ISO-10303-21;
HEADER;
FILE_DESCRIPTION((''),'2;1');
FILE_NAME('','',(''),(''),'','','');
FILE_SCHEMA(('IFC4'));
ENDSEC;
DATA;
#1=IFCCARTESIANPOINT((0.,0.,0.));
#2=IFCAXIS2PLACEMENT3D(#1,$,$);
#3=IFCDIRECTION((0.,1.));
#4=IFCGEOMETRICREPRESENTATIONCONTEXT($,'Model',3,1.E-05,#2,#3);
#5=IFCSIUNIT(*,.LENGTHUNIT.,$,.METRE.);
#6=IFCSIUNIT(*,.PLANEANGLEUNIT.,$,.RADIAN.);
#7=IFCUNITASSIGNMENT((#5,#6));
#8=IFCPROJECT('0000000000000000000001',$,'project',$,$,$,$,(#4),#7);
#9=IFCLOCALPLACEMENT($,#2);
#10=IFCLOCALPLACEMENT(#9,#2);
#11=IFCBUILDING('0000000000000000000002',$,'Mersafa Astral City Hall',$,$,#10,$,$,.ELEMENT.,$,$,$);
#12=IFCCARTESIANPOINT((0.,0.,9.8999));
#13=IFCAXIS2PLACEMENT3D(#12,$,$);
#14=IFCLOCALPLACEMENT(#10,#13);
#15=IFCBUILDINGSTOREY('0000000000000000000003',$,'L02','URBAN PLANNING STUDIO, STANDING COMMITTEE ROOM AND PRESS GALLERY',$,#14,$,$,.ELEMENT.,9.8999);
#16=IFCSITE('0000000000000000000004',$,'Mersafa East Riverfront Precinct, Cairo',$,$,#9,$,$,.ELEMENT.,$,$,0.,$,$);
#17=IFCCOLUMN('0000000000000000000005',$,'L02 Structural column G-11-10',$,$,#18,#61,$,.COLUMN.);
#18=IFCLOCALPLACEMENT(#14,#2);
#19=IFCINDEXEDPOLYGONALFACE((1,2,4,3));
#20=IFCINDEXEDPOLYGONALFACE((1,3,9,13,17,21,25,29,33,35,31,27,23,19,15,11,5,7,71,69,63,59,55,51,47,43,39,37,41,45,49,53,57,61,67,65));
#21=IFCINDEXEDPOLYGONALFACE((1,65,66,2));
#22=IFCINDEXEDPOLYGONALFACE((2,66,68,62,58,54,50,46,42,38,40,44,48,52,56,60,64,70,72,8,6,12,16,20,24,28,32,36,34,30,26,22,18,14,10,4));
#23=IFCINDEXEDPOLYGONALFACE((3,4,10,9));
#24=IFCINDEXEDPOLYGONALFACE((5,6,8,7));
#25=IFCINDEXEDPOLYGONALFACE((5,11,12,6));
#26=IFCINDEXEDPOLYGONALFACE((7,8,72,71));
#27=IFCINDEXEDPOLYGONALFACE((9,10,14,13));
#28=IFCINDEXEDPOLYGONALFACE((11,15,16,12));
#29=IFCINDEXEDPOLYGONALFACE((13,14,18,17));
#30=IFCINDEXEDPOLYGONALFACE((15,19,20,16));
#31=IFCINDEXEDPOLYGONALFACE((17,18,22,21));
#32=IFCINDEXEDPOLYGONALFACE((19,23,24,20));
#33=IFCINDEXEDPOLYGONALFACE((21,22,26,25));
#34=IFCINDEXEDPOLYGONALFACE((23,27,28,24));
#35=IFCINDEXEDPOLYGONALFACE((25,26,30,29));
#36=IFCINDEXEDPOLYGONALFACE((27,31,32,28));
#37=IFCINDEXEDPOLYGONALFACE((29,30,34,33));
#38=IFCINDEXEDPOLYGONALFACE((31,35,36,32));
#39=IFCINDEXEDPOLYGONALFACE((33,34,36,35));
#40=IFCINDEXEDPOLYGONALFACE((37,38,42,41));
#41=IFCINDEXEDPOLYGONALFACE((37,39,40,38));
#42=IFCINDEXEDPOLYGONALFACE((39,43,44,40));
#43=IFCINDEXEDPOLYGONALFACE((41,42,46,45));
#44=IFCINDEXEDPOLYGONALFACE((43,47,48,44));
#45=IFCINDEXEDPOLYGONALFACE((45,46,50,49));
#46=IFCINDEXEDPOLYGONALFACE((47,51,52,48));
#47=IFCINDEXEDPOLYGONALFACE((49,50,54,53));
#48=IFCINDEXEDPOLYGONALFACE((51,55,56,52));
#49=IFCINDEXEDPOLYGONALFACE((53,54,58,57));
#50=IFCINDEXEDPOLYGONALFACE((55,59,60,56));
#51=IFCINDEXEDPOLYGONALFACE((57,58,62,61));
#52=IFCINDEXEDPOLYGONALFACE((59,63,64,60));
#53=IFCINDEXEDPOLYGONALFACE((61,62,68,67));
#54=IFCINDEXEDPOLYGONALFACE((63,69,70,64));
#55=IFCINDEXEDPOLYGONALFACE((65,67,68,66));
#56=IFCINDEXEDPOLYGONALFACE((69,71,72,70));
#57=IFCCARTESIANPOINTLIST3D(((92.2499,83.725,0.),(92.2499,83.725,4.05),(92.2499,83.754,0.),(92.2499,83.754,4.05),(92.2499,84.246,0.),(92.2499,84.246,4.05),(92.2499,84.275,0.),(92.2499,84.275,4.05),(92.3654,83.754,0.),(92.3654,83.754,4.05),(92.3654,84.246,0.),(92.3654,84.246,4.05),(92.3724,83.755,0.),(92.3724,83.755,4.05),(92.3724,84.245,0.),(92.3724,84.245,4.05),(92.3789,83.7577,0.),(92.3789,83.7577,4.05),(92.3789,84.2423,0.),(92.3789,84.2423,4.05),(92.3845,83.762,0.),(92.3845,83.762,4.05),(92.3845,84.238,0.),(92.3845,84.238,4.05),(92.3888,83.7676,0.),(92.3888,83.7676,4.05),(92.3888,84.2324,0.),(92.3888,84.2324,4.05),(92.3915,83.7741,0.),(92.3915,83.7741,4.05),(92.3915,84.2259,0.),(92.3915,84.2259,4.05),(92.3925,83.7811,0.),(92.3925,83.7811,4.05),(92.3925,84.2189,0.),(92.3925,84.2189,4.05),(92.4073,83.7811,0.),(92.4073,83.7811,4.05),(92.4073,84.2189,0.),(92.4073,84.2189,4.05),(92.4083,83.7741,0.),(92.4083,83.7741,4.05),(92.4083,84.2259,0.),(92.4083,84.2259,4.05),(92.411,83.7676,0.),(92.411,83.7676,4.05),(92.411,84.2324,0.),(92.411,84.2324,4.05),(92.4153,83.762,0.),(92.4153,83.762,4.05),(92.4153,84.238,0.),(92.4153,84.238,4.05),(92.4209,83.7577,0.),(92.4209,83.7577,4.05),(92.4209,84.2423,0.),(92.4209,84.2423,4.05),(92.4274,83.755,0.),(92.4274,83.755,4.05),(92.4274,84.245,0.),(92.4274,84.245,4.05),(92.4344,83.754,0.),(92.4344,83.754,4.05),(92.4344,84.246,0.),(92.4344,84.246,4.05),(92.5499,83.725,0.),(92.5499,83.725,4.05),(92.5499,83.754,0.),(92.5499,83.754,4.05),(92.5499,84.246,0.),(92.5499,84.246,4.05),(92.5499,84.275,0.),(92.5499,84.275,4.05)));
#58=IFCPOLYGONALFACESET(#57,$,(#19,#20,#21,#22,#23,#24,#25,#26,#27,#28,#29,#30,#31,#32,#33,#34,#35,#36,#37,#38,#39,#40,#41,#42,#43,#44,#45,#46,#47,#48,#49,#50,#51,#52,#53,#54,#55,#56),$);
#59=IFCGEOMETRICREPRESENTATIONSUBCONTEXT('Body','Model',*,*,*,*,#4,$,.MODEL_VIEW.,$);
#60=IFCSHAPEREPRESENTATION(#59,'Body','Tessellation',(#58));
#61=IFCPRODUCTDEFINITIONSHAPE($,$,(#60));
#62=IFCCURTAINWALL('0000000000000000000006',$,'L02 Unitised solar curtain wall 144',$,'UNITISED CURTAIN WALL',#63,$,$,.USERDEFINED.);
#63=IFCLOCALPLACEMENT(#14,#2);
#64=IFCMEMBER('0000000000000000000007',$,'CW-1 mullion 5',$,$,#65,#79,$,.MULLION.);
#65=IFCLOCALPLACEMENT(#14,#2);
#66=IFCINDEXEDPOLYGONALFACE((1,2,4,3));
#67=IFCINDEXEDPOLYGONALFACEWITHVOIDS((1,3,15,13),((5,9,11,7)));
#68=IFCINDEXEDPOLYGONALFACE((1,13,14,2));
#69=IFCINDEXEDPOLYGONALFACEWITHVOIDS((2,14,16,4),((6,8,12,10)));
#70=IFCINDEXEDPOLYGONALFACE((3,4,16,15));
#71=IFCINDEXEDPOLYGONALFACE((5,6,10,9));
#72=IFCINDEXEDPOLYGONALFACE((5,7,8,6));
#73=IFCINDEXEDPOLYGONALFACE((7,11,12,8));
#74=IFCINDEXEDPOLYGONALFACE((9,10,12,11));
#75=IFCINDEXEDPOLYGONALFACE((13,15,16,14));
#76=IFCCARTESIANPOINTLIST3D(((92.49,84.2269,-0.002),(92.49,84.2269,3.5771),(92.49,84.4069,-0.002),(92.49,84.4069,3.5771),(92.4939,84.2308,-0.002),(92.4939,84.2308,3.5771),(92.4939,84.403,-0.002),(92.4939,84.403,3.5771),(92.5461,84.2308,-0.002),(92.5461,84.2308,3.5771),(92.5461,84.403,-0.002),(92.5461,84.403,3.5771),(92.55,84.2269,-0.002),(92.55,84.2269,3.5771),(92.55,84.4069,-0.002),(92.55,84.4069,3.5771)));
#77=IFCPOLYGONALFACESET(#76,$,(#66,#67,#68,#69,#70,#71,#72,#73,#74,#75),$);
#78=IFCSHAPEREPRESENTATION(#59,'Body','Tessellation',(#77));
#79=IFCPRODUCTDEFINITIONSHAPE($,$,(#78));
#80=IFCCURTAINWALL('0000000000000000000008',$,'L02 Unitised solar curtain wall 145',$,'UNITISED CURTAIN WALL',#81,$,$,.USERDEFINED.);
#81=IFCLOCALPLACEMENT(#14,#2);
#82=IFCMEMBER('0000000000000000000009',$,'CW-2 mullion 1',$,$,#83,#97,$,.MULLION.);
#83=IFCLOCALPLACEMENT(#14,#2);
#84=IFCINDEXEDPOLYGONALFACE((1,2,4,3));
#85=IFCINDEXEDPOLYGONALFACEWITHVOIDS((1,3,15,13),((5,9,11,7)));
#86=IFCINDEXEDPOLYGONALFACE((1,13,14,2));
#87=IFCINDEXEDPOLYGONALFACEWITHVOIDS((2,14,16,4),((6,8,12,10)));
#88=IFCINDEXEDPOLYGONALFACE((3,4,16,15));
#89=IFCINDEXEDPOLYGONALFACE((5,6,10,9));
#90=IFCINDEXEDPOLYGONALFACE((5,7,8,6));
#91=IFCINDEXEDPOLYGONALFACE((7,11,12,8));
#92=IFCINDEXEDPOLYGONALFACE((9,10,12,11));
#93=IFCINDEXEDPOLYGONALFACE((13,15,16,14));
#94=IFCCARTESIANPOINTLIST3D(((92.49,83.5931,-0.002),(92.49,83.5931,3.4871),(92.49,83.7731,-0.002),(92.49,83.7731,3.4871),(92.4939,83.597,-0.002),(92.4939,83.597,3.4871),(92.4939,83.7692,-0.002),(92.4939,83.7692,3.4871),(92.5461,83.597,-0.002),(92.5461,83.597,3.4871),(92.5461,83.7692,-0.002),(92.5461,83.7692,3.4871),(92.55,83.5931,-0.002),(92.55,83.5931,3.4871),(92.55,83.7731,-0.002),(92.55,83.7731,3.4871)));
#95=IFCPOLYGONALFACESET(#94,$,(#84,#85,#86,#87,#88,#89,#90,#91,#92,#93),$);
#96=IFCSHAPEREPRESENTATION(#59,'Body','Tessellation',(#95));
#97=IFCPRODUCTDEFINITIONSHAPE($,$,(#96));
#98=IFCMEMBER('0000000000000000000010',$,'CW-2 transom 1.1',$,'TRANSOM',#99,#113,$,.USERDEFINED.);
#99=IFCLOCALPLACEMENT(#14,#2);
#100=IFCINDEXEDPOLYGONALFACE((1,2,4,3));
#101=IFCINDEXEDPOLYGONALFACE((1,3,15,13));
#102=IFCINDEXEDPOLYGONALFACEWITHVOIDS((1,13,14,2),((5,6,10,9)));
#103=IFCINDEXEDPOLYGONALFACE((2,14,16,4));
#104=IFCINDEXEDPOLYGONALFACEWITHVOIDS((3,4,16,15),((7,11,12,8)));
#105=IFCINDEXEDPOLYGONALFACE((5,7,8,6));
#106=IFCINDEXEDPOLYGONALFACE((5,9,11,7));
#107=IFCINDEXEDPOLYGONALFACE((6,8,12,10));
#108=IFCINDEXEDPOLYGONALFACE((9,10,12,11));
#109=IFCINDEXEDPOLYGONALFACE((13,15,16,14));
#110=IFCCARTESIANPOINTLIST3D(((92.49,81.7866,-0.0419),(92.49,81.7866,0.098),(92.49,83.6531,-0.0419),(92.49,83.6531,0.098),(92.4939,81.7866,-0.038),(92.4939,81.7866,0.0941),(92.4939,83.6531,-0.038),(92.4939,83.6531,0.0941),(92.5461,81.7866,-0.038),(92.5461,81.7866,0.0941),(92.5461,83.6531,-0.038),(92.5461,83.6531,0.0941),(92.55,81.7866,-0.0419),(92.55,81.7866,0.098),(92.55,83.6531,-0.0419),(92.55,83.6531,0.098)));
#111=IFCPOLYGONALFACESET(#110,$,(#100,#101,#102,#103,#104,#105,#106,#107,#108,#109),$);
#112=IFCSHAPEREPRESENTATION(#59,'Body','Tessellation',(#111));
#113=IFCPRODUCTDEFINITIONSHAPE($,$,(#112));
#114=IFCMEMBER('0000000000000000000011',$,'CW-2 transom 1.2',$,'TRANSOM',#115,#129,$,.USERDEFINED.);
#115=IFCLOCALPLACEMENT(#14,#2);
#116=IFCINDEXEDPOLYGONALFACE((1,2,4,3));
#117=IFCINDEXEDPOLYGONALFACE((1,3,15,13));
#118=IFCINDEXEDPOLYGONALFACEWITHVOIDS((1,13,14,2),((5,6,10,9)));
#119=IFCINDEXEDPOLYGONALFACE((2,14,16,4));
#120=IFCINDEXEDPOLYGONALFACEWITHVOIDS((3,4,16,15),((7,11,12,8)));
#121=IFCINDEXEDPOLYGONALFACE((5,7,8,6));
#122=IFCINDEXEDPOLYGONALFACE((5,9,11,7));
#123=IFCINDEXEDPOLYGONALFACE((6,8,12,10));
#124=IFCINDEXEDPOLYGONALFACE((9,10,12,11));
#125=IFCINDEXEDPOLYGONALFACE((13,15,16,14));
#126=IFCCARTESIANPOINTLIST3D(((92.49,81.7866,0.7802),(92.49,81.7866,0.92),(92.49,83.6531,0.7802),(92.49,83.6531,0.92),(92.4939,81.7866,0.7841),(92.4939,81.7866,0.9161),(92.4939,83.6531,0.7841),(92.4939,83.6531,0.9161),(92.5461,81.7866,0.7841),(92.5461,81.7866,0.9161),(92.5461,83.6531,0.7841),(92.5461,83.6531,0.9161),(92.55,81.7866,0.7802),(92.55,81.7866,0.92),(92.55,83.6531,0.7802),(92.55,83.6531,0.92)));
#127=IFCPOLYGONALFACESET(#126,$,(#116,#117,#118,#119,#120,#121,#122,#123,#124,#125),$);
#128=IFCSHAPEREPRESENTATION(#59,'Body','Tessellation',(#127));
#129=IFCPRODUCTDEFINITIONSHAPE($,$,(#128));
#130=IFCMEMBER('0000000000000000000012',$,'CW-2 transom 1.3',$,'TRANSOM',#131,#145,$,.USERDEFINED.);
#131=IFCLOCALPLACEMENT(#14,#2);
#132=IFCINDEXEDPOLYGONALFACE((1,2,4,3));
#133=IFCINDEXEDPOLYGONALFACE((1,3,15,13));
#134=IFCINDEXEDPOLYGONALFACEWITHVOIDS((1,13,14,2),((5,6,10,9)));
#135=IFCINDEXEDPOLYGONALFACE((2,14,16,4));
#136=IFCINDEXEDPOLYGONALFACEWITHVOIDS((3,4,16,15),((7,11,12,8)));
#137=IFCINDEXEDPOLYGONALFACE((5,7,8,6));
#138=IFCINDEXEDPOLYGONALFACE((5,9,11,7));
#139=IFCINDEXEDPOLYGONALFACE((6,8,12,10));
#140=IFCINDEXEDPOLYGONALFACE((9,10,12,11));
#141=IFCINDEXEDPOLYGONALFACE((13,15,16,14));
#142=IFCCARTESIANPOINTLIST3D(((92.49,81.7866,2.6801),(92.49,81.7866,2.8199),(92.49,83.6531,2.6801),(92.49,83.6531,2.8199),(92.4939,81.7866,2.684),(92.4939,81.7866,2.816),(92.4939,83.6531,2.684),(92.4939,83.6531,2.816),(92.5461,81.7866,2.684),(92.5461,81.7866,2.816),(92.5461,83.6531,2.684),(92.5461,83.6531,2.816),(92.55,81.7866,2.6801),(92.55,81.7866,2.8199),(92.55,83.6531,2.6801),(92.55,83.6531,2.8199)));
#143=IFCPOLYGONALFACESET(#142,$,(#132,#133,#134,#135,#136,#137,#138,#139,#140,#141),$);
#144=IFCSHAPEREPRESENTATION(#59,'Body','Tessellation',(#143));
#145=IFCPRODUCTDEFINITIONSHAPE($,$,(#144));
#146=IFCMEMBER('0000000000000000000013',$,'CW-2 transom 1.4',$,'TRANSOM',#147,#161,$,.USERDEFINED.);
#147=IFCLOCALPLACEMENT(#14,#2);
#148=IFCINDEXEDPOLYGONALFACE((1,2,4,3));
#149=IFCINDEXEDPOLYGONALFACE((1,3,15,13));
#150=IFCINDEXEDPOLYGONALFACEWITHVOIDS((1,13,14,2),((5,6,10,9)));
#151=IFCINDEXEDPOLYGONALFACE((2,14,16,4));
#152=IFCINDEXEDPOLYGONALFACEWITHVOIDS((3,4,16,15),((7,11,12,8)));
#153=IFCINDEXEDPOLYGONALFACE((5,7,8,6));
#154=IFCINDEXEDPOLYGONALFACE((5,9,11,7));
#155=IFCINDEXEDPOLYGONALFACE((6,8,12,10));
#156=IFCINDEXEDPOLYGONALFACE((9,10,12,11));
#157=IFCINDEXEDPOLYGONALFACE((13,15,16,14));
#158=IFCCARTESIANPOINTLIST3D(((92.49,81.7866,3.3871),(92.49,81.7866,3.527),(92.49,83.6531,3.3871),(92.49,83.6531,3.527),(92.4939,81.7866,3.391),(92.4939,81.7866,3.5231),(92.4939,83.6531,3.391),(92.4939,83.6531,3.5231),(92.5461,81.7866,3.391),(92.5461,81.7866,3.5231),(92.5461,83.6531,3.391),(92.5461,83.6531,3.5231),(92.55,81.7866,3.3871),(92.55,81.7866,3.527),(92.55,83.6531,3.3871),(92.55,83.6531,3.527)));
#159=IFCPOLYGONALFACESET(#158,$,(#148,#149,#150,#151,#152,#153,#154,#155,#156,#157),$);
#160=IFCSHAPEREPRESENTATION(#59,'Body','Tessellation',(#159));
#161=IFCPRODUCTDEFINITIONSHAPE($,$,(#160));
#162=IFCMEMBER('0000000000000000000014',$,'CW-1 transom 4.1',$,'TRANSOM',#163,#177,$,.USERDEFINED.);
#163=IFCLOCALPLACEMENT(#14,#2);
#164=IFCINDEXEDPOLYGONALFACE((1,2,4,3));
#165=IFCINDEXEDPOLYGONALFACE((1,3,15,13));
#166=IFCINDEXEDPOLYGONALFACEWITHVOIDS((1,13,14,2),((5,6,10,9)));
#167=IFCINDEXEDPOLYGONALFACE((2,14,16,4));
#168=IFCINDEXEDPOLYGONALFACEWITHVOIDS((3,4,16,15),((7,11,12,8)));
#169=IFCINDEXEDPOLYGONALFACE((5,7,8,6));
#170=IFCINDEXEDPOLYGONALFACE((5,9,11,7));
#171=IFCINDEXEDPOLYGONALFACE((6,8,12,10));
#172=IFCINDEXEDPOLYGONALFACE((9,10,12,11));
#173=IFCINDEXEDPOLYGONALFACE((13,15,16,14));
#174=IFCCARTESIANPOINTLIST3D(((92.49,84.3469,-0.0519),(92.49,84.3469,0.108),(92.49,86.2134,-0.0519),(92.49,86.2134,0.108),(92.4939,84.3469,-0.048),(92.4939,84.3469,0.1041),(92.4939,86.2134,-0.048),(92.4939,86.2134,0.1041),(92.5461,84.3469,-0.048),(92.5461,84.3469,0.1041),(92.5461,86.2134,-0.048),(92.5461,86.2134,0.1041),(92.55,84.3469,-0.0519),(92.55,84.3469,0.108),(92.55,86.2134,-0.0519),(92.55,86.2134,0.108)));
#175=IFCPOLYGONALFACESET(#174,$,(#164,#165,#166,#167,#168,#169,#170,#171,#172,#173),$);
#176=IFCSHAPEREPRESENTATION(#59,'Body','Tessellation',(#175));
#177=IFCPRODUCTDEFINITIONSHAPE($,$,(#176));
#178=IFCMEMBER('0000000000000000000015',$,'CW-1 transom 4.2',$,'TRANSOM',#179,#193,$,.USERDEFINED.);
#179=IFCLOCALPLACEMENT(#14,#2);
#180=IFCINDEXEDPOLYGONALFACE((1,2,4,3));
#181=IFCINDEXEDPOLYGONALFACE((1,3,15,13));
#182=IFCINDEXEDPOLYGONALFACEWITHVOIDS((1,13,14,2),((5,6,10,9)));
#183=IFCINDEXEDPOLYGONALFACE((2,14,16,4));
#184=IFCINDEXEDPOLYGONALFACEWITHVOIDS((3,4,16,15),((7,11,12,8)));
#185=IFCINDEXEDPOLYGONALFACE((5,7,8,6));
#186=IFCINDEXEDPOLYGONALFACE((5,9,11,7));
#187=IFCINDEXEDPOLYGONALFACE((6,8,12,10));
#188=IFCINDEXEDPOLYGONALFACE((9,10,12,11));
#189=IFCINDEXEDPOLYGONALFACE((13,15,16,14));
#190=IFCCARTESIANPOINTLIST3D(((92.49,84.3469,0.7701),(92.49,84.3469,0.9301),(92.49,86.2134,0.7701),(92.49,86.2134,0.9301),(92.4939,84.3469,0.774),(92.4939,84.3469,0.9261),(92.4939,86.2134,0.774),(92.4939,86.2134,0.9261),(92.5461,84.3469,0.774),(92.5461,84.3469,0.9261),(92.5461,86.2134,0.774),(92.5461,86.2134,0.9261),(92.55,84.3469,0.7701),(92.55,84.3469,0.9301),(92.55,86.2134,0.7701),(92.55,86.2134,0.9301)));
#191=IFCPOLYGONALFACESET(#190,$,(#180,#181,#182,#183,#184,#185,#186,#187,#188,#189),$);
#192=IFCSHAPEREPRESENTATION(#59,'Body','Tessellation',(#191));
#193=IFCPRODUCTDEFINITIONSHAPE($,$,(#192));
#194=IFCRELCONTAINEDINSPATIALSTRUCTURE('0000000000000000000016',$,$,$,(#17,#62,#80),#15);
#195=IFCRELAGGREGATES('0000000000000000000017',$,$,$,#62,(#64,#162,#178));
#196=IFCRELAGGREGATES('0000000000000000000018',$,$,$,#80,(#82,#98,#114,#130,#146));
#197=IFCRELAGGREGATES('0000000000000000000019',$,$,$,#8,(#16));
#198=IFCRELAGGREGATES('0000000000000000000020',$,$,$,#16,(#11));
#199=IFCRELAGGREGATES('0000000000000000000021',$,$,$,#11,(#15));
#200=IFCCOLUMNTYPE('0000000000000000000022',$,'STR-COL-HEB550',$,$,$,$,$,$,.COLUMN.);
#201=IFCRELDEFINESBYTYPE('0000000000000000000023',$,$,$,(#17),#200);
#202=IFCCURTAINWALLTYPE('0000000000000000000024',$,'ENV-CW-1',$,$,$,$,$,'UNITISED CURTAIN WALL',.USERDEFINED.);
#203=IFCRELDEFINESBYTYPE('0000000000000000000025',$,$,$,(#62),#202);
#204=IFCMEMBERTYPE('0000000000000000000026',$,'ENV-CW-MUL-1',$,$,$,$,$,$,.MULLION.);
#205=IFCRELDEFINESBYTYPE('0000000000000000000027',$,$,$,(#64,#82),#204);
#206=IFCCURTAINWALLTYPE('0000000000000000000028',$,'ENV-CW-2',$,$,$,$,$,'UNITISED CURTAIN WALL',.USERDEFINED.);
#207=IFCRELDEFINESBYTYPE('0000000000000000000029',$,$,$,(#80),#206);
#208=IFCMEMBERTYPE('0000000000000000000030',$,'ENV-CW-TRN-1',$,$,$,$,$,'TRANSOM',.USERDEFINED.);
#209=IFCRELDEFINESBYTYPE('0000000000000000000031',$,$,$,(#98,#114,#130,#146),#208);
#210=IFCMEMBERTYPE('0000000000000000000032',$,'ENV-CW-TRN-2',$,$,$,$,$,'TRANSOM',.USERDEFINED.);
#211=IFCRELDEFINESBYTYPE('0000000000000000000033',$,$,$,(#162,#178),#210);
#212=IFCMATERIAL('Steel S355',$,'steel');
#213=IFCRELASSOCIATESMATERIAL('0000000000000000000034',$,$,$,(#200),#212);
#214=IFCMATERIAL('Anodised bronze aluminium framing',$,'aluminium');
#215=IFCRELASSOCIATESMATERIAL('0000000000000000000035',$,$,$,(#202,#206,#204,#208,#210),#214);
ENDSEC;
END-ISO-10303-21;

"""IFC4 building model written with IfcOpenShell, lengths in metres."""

from ifc_helpers import new_model, si_unit, direction, frame, origin, origin_2d, place, context, subcontext, project, spatial, hollow_rectangle, i_section, extrude, material, material_profile, profile_set, type_object, element, aggregate, save


model = new_model("IFC4")

# Units and contexts
model_context = context("Model", 3, precision=1e-05, world=origin(), true_north=direction((0.0, 1.0)))
body_context = subcontext(model_context, "Body", "Model", "MODEL_VIEW")
ifc_project = project(units=[si_unit("LENGTHUNIT", "METRE"), si_unit("PLANEANGLEUNIT", "RADIAN")], contexts=[model_context])

# Site, building, storey
site_placement = place(None, origin())
site = spatial("IfcSite", under=ifc_project, at=site_placement, Name="Mersafa East Riverfront Precinct, Cairo", CompositionType="ELEMENT", RefElevation=0.0)
building_placement = place(site_placement, origin())
building = spatial("IfcBuilding", under=site, at=building_placement, Name="Mersafa Astral City Hall", CompositionType="ELEMENT")
storey_placement = place(building_placement, frame((0.0, 0.0, 9.8999)))
storey = spatial("IfcBuildingStorey", under=building, at=storey_placement, Name="L02", Description="URBAN PLANNING STUDIO, STANDING COMMITTEE ROOM AND PRESS GALLERY", CompositionType="ELEMENT", Elevation=9.8999)

# Column
ifc_material_1 = material(Name="Steel S355", Category="steel")
ifc_material_profile_1 = material_profile(ifc_material_1, i_section(OverallWidth=0.3, OverallDepth=0.55, WebThickness=0.0149, FlangeThickness=0.0291, FilletRadius=0.0271, at=origin_2d()), Name="HEB 550")
ifc_profile_set_1 = profile_set([ifc_material_profile_1], Name="Steel S355")
column_type = type_object("IfcColumnType", Name="STR-COL-HEB550", PredefinedType="COLUMN", material=ifc_profile_set_1)
column_placement = place(storey_placement, frame((92.3999, 84.0, 0.0), z_axis=(0.0, 0.0, 1.0), x_axis=(1.0, 0.0, 0.0)))
element("IfcColumn", 1, at=column_placement, inside=storey, type_object=column_type, Name="L02 Structural column G-11-10", PredefinedType="COLUMN", context=body_context, shape_type="SweptSolid", body=[
    extrude(i_section(OverallWidth=0.3, OverallDepth=0.55, WebThickness=0.0149, FlangeThickness=0.0291, FilletRadius=0.0271, at=origin_2d()), origin(), (0.0, 0.0, 1.0), 4.05),
])

# Curtain wall, member
ifc_material_2 = material(Name="Anodised bronze aluminium framing", Category="aluminium")
curtain_wall_type_1 = type_object("IfcCurtainWallType", Name="ENV-CW-1", ElementType="UNITISED CURTAIN WALL", PredefinedType="USERDEFINED", material=ifc_material_2)
curtain_wall_1_placement = place(storey_placement, origin())
curtain_wall_1 = element("IfcCurtainWall", 2, at=curtain_wall_1_placement, inside=storey, type_object=curtain_wall_type_1, Name="L02 Unitised solar curtain wall 144", ObjectType="UNITISED CURTAIN WALL", PredefinedType="USERDEFINED")
ifc_material_profile_2 = material_profile(ifc_material_2, hollow_rectangle(XDim=0.0601, YDim=0.1799, WallThickness=0.0039, at=origin_2d()), Name="RHS 60x180x4")
ifc_profile_set_2 = profile_set([ifc_material_profile_2], Name="Anodised bronze aluminium framing")
member_type_1 = type_object("IfcMemberType", Name="ENV-CW-MUL-1", PredefinedType="MULLION", material=ifc_profile_set_2)
member_1_placement = place(storey_placement, frame((92.52, 84.3169, -0.002), z_axis=(0.0, 0.0, 1.0), x_axis=(1.0, 0.0, 0.0)))
member_1 = element("IfcMember", 3, at=member_1_placement, type_object=member_type_1, Name="CW-1 mullion 5", PredefinedType="MULLION", context=body_context, shape_type="SweptSolid", body=[
    extrude(hollow_rectangle(XDim=0.0601, YDim=0.1799, WallThickness=0.0039, at=origin_2d()), origin(), (0.0, 0.0, 1.0), 3.5791),
])

# Curtain wall, members
curtain_wall_type_2 = type_object("IfcCurtainWallType", Name="ENV-CW-2", ElementType="UNITISED CURTAIN WALL", PredefinedType="USERDEFINED", material=ifc_material_2)
curtain_wall_2_placement = place(storey_placement, origin())
curtain_wall_2 = element("IfcCurtainWall", 4, at=curtain_wall_2_placement, inside=storey, type_object=curtain_wall_type_2, Name="L02 Unitised solar curtain wall 145", ObjectType="UNITISED CURTAIN WALL", PredefinedType="USERDEFINED")
member_2_placement = place(storey_placement, frame((92.52, 83.6831, -0.002), z_axis=(0.0, 0.0, 1.0), x_axis=(1.0, 0.0, 0.0)))
member_2 = element("IfcMember", 5, at=member_2_placement, type_object=member_type_1, Name="CW-2 mullion 1", PredefinedType="MULLION", context=body_context, shape_type="SweptSolid", body=[
    extrude(hollow_rectangle(XDim=0.0601, YDim=0.1799, WallThickness=0.0039, at=origin_2d()), origin(), (0.0, 0.0, 1.0), 3.489),
])
ifc_material_profile_3 = material_profile(ifc_material_2, hollow_rectangle(XDim=0.0601, YDim=0.1399, WallThickness=0.0039, at=origin_2d()), Name="RHS 60x140x4")
ifc_profile_set_3 = profile_set([ifc_material_profile_3], Name="Anodised bronze aluminium framing")
member_type_2 = type_object("IfcMemberType", Name="ENV-CW-TRN-1", ElementType="TRANSOM", PredefinedType="USERDEFINED", material=ifc_profile_set_3)
member_3_placement = place(storey_placement, frame((92.52, 83.6531, 0.0281), z_axis=(0.0, -1.0, 0.0), x_axis=(1.0, 0.0, 0.0)))
member_3 = element("IfcMember", 6, at=member_3_placement, type_object=member_type_2, Name="CW-2 transom 1.1", ObjectType="TRANSOM", PredefinedType="USERDEFINED", context=body_context, shape_type="SweptSolid", body=[
    extrude(hollow_rectangle(XDim=0.0601, YDim=0.1399, WallThickness=0.0039, at=origin_2d()), origin(), (0.0, 0.0, 1.0), 1.8665),
])
member_4_placement = place(storey_placement, frame((92.52, 83.6531, 0.8501), z_axis=(0.0, -1.0, 0.0), x_axis=(1.0, 0.0, 0.0)))
member_4 = element("IfcMember", 7, at=member_4_placement, type_object=member_type_2, Name="CW-2 transom 1.2", ObjectType="TRANSOM", PredefinedType="USERDEFINED", context=body_context, shape_type="SweptSolid", body=[
    extrude(hollow_rectangle(XDim=0.0601, YDim=0.1399, WallThickness=0.0039, at=origin_2d()), origin(), (0.0, 0.0, 1.0), 1.8665),
])
member_5_placement = place(storey_placement, frame((92.52, 83.6531, 2.75), z_axis=(0.0, -1.0, 0.0), x_axis=(1.0, 0.0, 0.0)))
member_5 = element("IfcMember", 8, at=member_5_placement, type_object=member_type_2, Name="CW-2 transom 1.3", ObjectType="TRANSOM", PredefinedType="USERDEFINED", context=body_context, shape_type="SweptSolid", body=[
    extrude(hollow_rectangle(XDim=0.0601, YDim=0.1399, WallThickness=0.0039, at=origin_2d()), origin(), (0.0, 0.0, 1.0), 1.8665),
])
member_6_placement = place(storey_placement, frame((92.52, 83.6531, 3.457), z_axis=(0.0, -1.0, 0.0), x_axis=(1.0, 0.0, 0.0)))
member_6 = element("IfcMember", 9, at=member_6_placement, type_object=member_type_2, Name="CW-2 transom 1.4", ObjectType="TRANSOM", PredefinedType="USERDEFINED", context=body_context, shape_type="SweptSolid", body=[
    extrude(hollow_rectangle(XDim=0.0601, YDim=0.1399, WallThickness=0.0039, at=origin_2d()), origin(), (0.0, 0.0, 1.0), 1.8665),
])

# Members
ifc_material_profile_4 = material_profile(ifc_material_2, hollow_rectangle(XDim=0.0601, YDim=0.1599, WallThickness=0.0039, at=origin_2d()), Name="RHS 60x160x4")
ifc_profile_set_4 = profile_set([ifc_material_profile_4], Name="Anodised bronze aluminium framing")
member_type_3 = type_object("IfcMemberType", Name="ENV-CW-TRN-2", ElementType="TRANSOM", PredefinedType="USERDEFINED", material=ifc_profile_set_4)
member_7_placement = place(storey_placement, frame((92.52, 86.2134, 0.0281), z_axis=(0.0, -1.0, 0.0), x_axis=(1.0, 0.0, 0.0)))
member_7 = element("IfcMember", 10, at=member_7_placement, type_object=member_type_3, Name="CW-1 transom 4.1", ObjectType="TRANSOM", PredefinedType="USERDEFINED", context=body_context, shape_type="SweptSolid", body=[
    extrude(hollow_rectangle(XDim=0.0601, YDim=0.1599, WallThickness=0.0039, at=origin_2d()), origin(), (0.0, 0.0, 1.0), 1.8665),
])
member_8_placement = place(storey_placement, frame((92.52, 86.2134, 0.8501), z_axis=(0.0, -1.0, 0.0), x_axis=(1.0, 0.0, 0.0)))
member_8 = element("IfcMember", 11, at=member_8_placement, type_object=member_type_3, Name="CW-1 transom 4.2", ObjectType="TRANSOM", PredefinedType="USERDEFINED", context=body_context, shape_type="SweptSolid", body=[
    extrude(hollow_rectangle(XDim=0.0601, YDim=0.1599, WallThickness=0.0039, at=origin_2d()), origin(), (0.0, 0.0, 1.0), 1.8665),
])

aggregate(curtain_wall_1, [member_1, member_7, member_8])
aggregate(curtain_wall_2, [member_2, member_3, member_4, member_5, member_6])

save(model, "model.ifc")
